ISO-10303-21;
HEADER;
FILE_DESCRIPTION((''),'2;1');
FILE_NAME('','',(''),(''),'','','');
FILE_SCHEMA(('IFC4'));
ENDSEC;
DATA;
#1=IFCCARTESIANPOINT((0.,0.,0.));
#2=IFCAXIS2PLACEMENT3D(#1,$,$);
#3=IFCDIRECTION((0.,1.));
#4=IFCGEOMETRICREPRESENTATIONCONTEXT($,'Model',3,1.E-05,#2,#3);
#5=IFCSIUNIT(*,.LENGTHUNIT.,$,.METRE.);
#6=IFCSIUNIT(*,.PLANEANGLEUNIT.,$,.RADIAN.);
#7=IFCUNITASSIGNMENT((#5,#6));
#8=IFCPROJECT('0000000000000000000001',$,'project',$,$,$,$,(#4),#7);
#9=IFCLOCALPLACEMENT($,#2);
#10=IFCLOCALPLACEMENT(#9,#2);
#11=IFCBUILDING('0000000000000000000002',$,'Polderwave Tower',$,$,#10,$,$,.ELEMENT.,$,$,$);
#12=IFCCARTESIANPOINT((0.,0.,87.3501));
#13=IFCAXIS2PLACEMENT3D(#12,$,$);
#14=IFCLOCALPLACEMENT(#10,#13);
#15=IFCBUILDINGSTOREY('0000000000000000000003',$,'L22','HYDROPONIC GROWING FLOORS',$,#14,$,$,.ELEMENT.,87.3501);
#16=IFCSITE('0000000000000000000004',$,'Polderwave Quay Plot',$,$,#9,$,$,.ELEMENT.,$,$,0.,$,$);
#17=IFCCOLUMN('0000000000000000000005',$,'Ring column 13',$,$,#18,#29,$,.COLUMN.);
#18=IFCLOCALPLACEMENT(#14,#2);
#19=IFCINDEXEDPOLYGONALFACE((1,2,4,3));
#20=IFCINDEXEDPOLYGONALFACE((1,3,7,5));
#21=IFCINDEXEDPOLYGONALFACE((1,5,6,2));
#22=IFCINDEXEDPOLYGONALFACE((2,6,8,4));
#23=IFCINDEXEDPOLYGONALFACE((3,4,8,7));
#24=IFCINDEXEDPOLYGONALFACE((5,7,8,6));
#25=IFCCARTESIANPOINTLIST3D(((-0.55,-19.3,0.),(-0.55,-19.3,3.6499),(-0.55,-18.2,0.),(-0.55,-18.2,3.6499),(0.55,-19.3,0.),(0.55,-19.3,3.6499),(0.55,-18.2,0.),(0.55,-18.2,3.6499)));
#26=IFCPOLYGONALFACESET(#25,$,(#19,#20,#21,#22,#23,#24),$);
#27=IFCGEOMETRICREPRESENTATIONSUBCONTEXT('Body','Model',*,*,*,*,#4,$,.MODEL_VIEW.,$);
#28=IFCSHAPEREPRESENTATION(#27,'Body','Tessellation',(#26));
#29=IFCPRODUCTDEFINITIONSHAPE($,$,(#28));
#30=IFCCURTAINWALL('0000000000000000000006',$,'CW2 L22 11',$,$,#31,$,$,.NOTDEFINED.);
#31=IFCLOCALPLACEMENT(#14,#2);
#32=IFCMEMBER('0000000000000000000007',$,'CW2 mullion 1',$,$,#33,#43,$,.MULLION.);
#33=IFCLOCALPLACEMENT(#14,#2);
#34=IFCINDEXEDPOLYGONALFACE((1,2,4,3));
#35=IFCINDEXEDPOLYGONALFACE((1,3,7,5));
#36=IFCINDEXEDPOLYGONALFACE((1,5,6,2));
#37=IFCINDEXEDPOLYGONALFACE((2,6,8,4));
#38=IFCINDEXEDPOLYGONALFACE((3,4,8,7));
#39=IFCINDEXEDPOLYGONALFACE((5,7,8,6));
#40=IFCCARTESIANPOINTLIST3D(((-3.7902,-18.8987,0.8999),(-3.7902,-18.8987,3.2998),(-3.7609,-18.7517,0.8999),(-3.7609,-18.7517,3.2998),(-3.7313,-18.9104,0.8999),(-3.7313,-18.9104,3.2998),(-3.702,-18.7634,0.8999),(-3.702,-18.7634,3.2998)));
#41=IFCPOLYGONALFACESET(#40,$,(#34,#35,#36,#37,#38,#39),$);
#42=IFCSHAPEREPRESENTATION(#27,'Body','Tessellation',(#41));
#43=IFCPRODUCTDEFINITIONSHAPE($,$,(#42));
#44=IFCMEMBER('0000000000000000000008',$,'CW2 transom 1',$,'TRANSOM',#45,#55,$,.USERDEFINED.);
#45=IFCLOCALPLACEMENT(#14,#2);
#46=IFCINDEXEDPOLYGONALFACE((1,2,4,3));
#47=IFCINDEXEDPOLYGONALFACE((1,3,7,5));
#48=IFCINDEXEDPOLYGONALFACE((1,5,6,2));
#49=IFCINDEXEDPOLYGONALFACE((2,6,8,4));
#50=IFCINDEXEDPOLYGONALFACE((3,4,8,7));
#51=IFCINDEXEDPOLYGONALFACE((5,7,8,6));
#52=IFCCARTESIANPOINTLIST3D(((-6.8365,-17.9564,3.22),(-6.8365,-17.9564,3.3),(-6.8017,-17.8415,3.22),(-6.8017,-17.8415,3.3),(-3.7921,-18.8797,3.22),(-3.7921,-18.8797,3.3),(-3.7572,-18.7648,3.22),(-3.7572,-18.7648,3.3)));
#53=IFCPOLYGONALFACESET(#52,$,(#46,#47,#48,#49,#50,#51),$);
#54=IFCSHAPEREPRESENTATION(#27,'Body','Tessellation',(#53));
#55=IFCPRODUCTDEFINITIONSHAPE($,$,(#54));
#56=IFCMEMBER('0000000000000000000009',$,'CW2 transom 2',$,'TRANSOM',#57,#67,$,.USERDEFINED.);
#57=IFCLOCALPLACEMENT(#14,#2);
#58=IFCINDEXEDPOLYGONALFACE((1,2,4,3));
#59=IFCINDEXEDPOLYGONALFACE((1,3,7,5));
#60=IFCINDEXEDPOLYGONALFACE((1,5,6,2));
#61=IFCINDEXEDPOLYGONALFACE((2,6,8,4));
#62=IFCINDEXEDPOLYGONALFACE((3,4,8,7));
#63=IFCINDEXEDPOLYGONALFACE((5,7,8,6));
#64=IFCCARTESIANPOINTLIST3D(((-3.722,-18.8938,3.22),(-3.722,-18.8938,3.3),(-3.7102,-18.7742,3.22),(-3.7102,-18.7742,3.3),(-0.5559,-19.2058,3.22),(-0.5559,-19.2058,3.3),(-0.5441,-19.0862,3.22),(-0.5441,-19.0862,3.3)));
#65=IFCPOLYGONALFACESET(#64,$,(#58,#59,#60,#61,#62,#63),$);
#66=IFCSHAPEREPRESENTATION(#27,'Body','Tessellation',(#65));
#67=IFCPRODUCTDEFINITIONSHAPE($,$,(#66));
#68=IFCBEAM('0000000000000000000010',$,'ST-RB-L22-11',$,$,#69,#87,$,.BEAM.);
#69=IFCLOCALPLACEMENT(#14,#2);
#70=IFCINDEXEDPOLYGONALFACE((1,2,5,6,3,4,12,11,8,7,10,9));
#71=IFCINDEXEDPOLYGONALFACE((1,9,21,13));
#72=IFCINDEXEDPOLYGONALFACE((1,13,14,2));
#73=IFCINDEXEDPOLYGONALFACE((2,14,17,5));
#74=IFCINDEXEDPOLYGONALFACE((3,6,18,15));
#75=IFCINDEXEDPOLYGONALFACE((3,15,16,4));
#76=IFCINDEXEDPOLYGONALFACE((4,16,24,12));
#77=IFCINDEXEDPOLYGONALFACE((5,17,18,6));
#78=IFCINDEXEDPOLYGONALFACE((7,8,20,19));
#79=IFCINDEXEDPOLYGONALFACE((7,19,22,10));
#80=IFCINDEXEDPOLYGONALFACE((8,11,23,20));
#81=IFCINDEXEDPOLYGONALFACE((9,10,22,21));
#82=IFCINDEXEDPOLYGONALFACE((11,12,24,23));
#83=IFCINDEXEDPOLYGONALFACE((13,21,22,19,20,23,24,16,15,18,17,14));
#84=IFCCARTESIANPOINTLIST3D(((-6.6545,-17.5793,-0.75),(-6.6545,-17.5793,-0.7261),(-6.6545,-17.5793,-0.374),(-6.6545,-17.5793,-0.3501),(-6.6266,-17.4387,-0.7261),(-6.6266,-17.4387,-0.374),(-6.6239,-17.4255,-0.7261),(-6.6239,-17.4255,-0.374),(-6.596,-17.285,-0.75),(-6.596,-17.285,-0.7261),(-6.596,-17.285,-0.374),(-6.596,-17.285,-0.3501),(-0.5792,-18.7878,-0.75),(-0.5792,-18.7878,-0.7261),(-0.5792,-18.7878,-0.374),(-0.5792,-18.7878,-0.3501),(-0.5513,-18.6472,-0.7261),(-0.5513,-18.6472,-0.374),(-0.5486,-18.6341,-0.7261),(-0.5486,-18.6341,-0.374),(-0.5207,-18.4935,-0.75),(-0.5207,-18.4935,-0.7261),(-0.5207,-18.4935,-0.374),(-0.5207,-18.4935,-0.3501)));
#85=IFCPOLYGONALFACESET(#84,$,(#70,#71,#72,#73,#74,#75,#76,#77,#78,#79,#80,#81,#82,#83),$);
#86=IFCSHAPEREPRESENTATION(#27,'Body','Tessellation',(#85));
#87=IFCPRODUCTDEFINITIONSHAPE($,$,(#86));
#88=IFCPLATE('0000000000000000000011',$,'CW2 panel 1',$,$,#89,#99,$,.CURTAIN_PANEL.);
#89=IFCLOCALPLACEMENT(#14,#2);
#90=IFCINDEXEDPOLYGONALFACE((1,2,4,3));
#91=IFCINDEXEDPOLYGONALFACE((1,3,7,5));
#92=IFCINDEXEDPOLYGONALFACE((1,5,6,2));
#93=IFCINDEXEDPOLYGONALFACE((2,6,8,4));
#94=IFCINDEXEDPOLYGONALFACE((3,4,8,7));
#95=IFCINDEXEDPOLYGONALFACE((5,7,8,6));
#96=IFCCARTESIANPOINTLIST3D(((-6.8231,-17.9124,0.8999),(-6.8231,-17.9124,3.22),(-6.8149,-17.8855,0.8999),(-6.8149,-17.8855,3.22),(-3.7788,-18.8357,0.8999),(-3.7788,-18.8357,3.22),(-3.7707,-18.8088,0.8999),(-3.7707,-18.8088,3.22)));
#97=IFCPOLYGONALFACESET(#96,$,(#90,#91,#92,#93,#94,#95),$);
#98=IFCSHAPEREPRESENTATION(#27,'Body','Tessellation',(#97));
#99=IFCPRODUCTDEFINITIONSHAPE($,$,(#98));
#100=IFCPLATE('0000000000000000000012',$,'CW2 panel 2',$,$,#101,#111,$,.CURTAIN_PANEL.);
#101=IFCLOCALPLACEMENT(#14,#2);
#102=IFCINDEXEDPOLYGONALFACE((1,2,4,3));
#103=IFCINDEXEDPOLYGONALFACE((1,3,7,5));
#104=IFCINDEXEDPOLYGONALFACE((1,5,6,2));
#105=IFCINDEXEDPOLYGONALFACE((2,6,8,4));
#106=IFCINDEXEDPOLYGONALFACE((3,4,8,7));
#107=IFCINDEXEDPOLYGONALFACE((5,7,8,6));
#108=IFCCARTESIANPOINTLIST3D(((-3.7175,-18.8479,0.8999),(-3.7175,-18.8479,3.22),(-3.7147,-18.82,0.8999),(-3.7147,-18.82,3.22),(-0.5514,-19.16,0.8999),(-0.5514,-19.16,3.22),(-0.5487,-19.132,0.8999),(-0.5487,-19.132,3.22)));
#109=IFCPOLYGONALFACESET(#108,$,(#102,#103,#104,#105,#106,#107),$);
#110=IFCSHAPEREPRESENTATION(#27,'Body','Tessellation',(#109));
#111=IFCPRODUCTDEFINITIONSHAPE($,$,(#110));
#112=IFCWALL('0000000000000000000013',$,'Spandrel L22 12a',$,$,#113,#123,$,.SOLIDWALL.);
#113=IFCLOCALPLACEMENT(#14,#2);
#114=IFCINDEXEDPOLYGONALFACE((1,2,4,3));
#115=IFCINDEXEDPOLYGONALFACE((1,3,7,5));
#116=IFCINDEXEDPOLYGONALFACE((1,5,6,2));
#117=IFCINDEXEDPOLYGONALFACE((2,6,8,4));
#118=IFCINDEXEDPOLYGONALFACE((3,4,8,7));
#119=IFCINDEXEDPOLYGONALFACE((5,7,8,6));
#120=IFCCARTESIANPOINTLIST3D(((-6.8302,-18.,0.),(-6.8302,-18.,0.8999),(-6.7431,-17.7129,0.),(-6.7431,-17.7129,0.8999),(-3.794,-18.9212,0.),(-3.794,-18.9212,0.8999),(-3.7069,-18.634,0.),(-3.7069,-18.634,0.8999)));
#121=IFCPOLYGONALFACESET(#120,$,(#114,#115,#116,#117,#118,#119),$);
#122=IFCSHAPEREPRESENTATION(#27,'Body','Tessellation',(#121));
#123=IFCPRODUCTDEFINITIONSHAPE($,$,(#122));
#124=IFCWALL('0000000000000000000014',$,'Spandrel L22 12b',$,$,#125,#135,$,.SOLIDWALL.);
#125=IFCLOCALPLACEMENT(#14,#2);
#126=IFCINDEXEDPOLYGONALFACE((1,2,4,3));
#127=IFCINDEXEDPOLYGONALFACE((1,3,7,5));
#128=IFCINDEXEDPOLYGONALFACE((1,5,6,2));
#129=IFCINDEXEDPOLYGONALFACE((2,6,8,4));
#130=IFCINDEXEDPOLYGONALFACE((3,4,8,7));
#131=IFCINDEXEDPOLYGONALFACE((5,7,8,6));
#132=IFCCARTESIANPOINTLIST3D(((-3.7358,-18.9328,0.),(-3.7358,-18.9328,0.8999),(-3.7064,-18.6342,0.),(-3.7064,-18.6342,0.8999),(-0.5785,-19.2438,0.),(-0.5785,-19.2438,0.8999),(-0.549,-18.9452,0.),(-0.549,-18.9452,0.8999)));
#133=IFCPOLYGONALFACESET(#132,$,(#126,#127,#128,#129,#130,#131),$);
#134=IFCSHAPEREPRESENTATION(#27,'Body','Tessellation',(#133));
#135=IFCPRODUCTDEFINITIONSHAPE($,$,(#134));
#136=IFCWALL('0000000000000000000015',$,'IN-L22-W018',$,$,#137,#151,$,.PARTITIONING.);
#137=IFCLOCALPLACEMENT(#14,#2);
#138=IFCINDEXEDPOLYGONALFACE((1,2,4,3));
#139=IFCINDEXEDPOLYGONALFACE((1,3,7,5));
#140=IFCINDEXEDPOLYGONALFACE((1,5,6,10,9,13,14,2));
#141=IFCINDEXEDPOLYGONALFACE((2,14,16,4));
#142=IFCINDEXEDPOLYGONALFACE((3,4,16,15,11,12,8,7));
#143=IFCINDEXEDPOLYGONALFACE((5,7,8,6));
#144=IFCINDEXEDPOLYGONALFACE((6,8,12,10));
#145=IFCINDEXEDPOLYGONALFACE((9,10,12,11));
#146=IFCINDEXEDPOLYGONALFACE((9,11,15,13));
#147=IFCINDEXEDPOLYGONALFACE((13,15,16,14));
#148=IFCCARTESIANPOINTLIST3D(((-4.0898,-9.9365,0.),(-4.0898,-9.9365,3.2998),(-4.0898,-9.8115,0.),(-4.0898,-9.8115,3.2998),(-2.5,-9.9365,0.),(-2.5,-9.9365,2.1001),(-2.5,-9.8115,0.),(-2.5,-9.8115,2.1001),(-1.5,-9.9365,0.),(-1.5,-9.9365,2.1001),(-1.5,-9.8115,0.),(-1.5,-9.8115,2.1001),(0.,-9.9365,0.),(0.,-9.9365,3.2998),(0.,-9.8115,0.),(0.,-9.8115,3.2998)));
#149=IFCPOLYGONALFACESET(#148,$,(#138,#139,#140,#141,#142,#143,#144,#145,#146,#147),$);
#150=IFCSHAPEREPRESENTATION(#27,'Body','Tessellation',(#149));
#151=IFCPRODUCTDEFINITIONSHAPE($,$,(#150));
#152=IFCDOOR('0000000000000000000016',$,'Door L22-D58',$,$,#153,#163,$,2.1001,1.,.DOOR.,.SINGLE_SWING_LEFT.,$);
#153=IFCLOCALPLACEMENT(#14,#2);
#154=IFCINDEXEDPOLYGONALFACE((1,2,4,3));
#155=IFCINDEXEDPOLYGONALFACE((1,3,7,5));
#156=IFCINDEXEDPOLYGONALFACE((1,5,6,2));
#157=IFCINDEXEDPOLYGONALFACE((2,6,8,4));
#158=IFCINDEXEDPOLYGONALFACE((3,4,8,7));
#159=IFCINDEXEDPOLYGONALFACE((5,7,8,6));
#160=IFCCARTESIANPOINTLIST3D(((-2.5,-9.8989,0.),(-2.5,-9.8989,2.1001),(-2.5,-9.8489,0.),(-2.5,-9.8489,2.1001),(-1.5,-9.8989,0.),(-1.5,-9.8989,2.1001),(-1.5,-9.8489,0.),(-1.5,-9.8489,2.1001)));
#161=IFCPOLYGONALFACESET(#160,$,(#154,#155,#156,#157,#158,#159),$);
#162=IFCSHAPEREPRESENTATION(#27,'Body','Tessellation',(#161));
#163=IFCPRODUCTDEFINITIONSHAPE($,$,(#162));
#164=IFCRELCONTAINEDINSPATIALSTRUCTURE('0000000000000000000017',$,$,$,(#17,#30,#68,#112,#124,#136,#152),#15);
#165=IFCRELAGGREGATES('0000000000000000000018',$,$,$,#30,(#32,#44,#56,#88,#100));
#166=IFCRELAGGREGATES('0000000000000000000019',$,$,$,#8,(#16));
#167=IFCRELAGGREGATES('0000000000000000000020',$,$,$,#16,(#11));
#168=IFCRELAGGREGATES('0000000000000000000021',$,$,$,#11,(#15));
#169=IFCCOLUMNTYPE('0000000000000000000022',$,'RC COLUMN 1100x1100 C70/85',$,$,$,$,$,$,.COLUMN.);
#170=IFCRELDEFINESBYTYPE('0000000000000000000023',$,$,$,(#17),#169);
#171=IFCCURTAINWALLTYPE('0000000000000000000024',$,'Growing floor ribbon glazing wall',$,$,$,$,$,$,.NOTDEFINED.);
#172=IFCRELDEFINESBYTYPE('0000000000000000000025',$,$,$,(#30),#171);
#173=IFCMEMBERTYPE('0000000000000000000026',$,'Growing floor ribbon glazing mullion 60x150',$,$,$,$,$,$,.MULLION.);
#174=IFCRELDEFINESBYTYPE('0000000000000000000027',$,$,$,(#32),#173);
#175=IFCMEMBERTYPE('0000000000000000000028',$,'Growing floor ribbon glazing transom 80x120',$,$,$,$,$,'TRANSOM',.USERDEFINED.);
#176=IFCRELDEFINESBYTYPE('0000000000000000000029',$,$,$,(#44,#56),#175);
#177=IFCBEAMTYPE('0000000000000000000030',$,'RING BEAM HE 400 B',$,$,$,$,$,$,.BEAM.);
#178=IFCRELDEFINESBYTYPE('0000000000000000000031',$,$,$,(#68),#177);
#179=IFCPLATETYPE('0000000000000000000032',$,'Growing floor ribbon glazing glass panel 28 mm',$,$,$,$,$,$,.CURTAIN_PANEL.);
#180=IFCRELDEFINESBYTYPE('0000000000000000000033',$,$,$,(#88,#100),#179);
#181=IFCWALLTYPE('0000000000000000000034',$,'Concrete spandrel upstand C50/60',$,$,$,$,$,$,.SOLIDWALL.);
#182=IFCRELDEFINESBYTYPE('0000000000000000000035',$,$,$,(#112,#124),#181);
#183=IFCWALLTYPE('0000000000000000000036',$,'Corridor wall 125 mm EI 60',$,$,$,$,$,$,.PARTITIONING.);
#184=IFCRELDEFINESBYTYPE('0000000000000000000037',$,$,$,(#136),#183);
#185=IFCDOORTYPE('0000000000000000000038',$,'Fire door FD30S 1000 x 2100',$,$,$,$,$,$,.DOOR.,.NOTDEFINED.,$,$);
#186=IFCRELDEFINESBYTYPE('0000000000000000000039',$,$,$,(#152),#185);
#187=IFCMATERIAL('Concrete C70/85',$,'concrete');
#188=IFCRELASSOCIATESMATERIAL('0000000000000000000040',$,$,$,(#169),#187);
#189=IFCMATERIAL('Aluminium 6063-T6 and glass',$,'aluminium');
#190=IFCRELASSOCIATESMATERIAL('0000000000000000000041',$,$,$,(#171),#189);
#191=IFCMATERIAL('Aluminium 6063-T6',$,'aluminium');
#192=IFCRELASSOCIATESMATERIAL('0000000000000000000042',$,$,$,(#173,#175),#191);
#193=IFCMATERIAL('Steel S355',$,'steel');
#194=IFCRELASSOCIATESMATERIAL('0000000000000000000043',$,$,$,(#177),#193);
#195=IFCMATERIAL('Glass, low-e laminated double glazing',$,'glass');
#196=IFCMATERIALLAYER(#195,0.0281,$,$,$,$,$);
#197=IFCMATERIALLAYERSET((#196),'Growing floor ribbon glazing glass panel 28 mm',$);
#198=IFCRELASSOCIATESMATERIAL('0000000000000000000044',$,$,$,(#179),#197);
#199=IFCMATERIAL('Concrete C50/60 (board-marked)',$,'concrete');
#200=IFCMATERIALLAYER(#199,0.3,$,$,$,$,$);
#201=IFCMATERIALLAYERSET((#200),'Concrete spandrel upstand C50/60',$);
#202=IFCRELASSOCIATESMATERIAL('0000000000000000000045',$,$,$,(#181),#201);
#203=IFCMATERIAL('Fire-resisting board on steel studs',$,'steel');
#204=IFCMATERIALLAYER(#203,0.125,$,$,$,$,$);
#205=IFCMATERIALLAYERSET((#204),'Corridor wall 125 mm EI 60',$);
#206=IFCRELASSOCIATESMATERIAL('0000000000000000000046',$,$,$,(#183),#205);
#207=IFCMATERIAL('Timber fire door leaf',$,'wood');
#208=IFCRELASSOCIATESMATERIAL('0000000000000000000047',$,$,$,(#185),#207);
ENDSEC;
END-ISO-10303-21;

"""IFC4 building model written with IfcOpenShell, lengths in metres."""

from ifc_helpers import new_model, si_unit, direction, frame, frame_2d, origin, origin_2d, place, context, subcontext, project, spatial, rectangle, i_section, extrude, material, layer, layer_set, material_profile, profile_set, type_object, element, fill, aggregate, save


model = new_model("IFC4")

# Units and contexts
model_context = context("Model", 3, precision=1e-05, world=origin(), true_north=direction((0.0, 1.0)))
body_context = subcontext(model_context, "Body", "Model", "MODEL_VIEW")
ifc_project = project(units=[si_unit("LENGTHUNIT", "METRE"), si_unit("PLANEANGLEUNIT", "RADIAN")], contexts=[model_context])

# Site, building, storey
site_placement = place(None, origin())
site = spatial("IfcSite", under=ifc_project, at=site_placement, Name="Polderwave Quay Plot", CompositionType="ELEMENT", RefElevation=0.0)
building_placement = place(site_placement, origin())
building = spatial("IfcBuilding", under=site, at=building_placement, Name="Polderwave Tower", CompositionType="ELEMENT")
storey_placement = place(building_placement, frame((0.0, 0.0, 87.3501)))
storey = spatial("IfcBuildingStorey", under=building, at=storey_placement, Name="L22", Description="HYDROPONIC GROWING FLOORS", CompositionType="ELEMENT", Elevation=87.3501)

# Column
ifc_material_1 = material(Name="Concrete C70/85", Category="concrete")
ifc_material_profile_1 = material_profile(ifc_material_1, rectangle(XDim=1.1001, YDim=1.1001, at=origin_2d()), Name="RC 1100x1100")
ifc_profile_set_1 = profile_set([ifc_material_profile_1], Name="Concrete C70/85")
column_type = type_object("IfcColumnType", Name="RC COLUMN 1100x1100 C70/85", PredefinedType="COLUMN", material=ifc_profile_set_1)
column_placement = place(storey_placement, frame((0.0, -18.75, 0.0), z_axis=(0.0, 0.0, 1.0), x_axis=(0.0, -1.0, 0.0)))
element("IfcColumn", 1, at=column_placement, inside=storey, type_object=column_type, Name="Ring column 13", PredefinedType="COLUMN", context=body_context, shape_type="SweptSolid", body=[
    extrude(rectangle(XDim=1.1001, YDim=1.1001, at=origin_2d()), origin(), (0.0, 0.0, 1.0), 3.6499),
])

# Curtain wall, members
ifc_material_2 = material(Name="Aluminium 6063-T6 and glass", Category="aluminium")
curtain_wall_type = type_object("IfcCurtainWallType", Name="Growing floor ribbon glazing wall", PredefinedType="NOTDEFINED", material=ifc_material_2)
curtain_wall_placement = place(storey_placement, origin())
curtain_wall = element("IfcCurtainWall", 2, at=curtain_wall_placement, inside=storey, type_object=curtain_wall_type, Name="CW2 L22 11", PredefinedType="NOTDEFINED")
ifc_material_3 = material(Name="Aluminium 6063-T6", Category="aluminium")
ifc_material_profile_2 = material_profile(ifc_material_3, rectangle(XDim=0.1499, YDim=0.0601, at=origin_2d()), Name="AL 60x150")
ifc_profile_set_2 = profile_set([ifc_material_profile_2], Name="Aluminium 6063-T6")
member_type_1 = type_object("IfcMemberType", Name="Growing floor ribbon glazing mullion 60x150", PredefinedType="MULLION", material=ifc_profile_set_2)
member_1_placement = place(storey_placement, frame((-3.7461, -18.8311, 0.8999), z_axis=(0.0, 0.0, 1.0), x_axis=(0.195097, 0.980784, 0.0)))
member_1 = element("IfcMember", 3, at=member_1_placement, type_object=member_type_1, Name="CW2 mullion 1", PredefinedType="MULLION", context=body_context, shape_type="SweptSolid", body=[
    extrude(rectangle(XDim=0.1499, YDim=0.0601, at=origin_2d()), origin(), (0.0, 0.0, 1.0), 2.3999),
])
ifc_material_profile_3 = material_profile(ifc_material_3, rectangle(XDim=0.1201, YDim=0.0801, at=origin_2d()), Name="AL 80x120")
ifc_profile_set_3 = profile_set([ifc_material_profile_3], Name="Aluminium 6063-T6")
member_type_2 = type_object("IfcMemberType", Name="Growing floor ribbon glazing transom 80x120", ElementType="TRANSOM", PredefinedType="USERDEFINED", material=ifc_profile_set_3)
member_2_placement = place(storey_placement, frame((-6.8191, -17.8989, 3.26), z_axis=(0.956956, -0.290233, 0.0), x_axis=(0.290233, 0.956956, 0.0)))
member_2 = element("IfcMember", 4, at=member_2_placement, type_object=member_type_2, Name="CW2 transom 1", ObjectType="TRANSOM", PredefinedType="USERDEFINED", context=body_context, shape_type="SweptSolid", body=[
    extrude(rectangle(XDim=0.1201, YDim=0.0801, at=origin_2d()), origin(), (0.0, 0.0, 1.0), 3.1814),
])
member_3_placement = place(storey_placement, frame((-3.7161, -18.834, 3.26), z_axis=(0.995179, -0.098075, 0.0), x_axis=(0.098075, 0.995179, 0.0)))
member_3 = element("IfcMember", 5, at=member_3_placement, type_object=member_type_2, Name="CW2 transom 2", ObjectType="TRANSOM", PredefinedType="USERDEFINED", context=body_context, shape_type="SweptSolid", body=[
    extrude(rectangle(XDim=0.1201, YDim=0.0801, at=origin_2d()), origin(), (0.0, 0.0, 1.0), 3.1814),
])

# Beam
ifc_material_4 = material(Name="Steel S355", Category="steel")
ifc_material_profile_4 = material_profile(ifc_material_4, i_section(OverallWidth=0.3, OverallDepth=0.3999, WebThickness=0.0134, FlangeThickness=0.0239, at=origin_2d()), Name="HE 400 B")
ifc_profile_set_4 = profile_set([ifc_material_profile_4], Name="Steel S355")
beam_type = type_object("IfcBeamType", Name="RING BEAM HE 400 B", PredefinedType="BEAM", material=ifc_profile_set_4)
beam_placement = place(storey_placement, frame((-6.6252, -17.4321, -0.55), z_axis=(0.980783, -0.1951, 0.0), x_axis=(0.1951, 0.980783, 0.0)))
element("IfcBeam", 6, at=beam_placement, inside=storey, type_object=beam_type, Name="ST-RB-L22-11", PredefinedType="BEAM", context=body_context, shape_type="SweptSolid", body=[
    extrude(i_section(OverallWidth=0.3, OverallDepth=0.3999, WebThickness=0.0134, FlangeThickness=0.0239, at=origin_2d()), origin(), (0.0, 0.0, 1.0), 6.1943),
])

# Plates
ifc_material_5 = material(Name="Glass, low-e laminated double glazing", Category="glass")
ifc_layer_1 = layer(ifc_material_5, 0.0281)
ifc_layer_set_1 = layer_set([ifc_layer_1], Name="Growing floor ribbon glazing glass panel 28 mm")
plate_type = type_object("IfcPlateType", Name="Growing floor ribbon glazing glass panel 28 mm", PredefinedType="CURTAIN_PANEL", material=ifc_layer_set_1)
plate_1_placement = place(storey_placement, frame((-5.2969, -18.3606, 0.8999), z_axis=(0.0, 0.0, 1.0), x_axis=(0.956956, -0.290233, 0.0)))
plate_1 = element("IfcPlate", 7, at=plate_1_placement, type_object=plate_type, Name="CW2 panel 1", PredefinedType="CURTAIN_PANEL", context=body_context, shape_type="SweptSolid", body=[
    extrude(rectangle(XDim=3.1812, YDim=0.0281, at=origin_2d()), origin(), (0.0, 0.0, 1.0), 2.3201),
])
plate_2_placement = place(storey_placement, frame((-2.1331, -18.99, 0.8999), z_axis=(0.0, 0.0, 1.0), x_axis=(0.995178, -0.098085, 0.0)))
plate_2 = element("IfcPlate", 8, at=plate_2_placement, type_object=plate_type, Name="CW2 panel 2", PredefinedType="CURTAIN_PANEL", context=body_context, shape_type="SweptSolid", body=[
    extrude(rectangle(XDim=3.1814, YDim=0.0281, at=origin_2d()), origin(), (0.0, 0.0, 1.0), 2.3201),
])
aggregate(curtain_wall, [member_1, member_2, member_3, plate_1, plate_2])

# Walls
ifc_material_6 = material(Name="Concrete C50/60 (board-marked)", Category="concrete")
ifc_layer_2 = layer(ifc_material_6, 0.3)
ifc_layer_set_2 = layer_set([ifc_layer_2], Name="Concrete spandrel upstand C50/60")
wall_type_1 = type_object("IfcWallType", Name="Concrete spandrel upstand C50/60", PredefinedType="SOLIDWALL", material=ifc_layer_set_2)
wall_1_placement = place(storey_placement, frame((-6.7866, -17.8564, 0.0), z_axis=(0.0, 0.0, 1.0), x_axis=(0.956928, -0.290326, 0.0)))
element("IfcWall", 9, at=wall_1_placement, inside=storey, type_object=wall_type_1, Name="Spandrel L22 12a", PredefinedType="SOLIDWALL", context=body_context, shape_type="SweptSolid", body=[
    extrude(rectangle(XDim=3.1729, YDim=0.3, at=frame_2d((1.5864, 0.0))), origin(), (0.0, 0.0, 1.0), 0.8999),
])
wall_2_placement = place(storey_placement, frame((-3.7212, -18.7834, 0.0), z_axis=(0.0, 0.0, 1.0), x_axis=(0.995182, -0.098041, 0.0)))
element("IfcWall", 10, at=wall_2_placement, inside=storey, type_object=wall_type_1, Name="Spandrel L22 12b", PredefinedType="SOLIDWALL", context=body_context, shape_type="SweptSolid", body=[
    extrude(rectangle(XDim=3.1726, YDim=0.3, at=frame_2d((1.5864, 0.0))), origin(), (0.0, 0.0, 1.0), 0.8999),
])

# Wall, opening, door
ifc_material_7 = material(Name="Fire-resisting board on steel studs", Category="steel")
ifc_layer_3 = layer(ifc_material_7, 0.125)
ifc_layer_set_3 = layer_set([ifc_layer_3], Name="Corridor wall 125 mm EI 60")
wall_type_2 = type_object("IfcWallType", Name="Corridor wall 125 mm EI 60", PredefinedType="PARTITIONING", material=ifc_layer_set_3)
wall_3_placement = place(storey_placement, frame((0.0, -9.874, 0.0), z_axis=(0.0, 0.0, 1.0), x_axis=(-1.0, 0.0, 0.0)))
wall_3 = element("IfcWall", 11, at=wall_3_placement, inside=storey, type_object=wall_type_2, Name="IN-L22-W018", PredefinedType="PARTITIONING", context=body_context, shape_type="SweptSolid", body=[
    extrude(rectangle(XDim=4.0898, YDim=0.125, at=frame_2d((2.0449, 0.0))), origin(), (0.0, 0.0, 1.0), 3.2998),
])
opening_1_placement = place(wall_3_placement, frame((1.5, 0.0, 0.0)))
opening_1 = element("IfcOpeningElement", 12, at=opening_1_placement, cuts=wall_3, PredefinedType="OPENING", context=body_context, shape_type="SweptSolid", body=[
    extrude(rectangle(XDim=1.0, YDim=2.1001, at=frame_2d((0.5, 1.05))), frame((0.0, 0.0725, 0.0), z_axis=(0.0, -1.0, 0.0), x_axis=(1.0, 0.0, 0.0)), (0.0, 0.0, 1.0), 0.145),
])
ifc_material_8 = material(Name="Timber fire door leaf", Category="wood")
door_type_1 = type_object("IfcDoorType", Name="Fire door FD30S 1000 x 2100", OperationType="NOTDEFINED", PredefinedType="DOOR", material=ifc_material_8)
door_1_placement = place(opening_1_placement, origin())
door_1 = element("IfcDoor", 13, at=door_1_placement, inside=storey, type_object=door_type_1, Name="Door L22-D58", OperationType="SINGLE_SWING_LEFT", OverallHeight=2.1001, OverallWidth=1.0, PredefinedType="DOOR", context=body_context, shape_type="SweptSolid", body=[
    extrude(rectangle(XDim=1.0, YDim=2.1001, at=frame_2d((0.5, 1.05))), frame((0.0, 0.0249, 0.0), z_axis=(0.0, -1.0, 0.0), x_axis=(1.0, 0.0, 0.0)), (0.0, 0.0, 1.0), 0.05),
])
fill(opening_1, door_1)

save(model, "model.ifc")
